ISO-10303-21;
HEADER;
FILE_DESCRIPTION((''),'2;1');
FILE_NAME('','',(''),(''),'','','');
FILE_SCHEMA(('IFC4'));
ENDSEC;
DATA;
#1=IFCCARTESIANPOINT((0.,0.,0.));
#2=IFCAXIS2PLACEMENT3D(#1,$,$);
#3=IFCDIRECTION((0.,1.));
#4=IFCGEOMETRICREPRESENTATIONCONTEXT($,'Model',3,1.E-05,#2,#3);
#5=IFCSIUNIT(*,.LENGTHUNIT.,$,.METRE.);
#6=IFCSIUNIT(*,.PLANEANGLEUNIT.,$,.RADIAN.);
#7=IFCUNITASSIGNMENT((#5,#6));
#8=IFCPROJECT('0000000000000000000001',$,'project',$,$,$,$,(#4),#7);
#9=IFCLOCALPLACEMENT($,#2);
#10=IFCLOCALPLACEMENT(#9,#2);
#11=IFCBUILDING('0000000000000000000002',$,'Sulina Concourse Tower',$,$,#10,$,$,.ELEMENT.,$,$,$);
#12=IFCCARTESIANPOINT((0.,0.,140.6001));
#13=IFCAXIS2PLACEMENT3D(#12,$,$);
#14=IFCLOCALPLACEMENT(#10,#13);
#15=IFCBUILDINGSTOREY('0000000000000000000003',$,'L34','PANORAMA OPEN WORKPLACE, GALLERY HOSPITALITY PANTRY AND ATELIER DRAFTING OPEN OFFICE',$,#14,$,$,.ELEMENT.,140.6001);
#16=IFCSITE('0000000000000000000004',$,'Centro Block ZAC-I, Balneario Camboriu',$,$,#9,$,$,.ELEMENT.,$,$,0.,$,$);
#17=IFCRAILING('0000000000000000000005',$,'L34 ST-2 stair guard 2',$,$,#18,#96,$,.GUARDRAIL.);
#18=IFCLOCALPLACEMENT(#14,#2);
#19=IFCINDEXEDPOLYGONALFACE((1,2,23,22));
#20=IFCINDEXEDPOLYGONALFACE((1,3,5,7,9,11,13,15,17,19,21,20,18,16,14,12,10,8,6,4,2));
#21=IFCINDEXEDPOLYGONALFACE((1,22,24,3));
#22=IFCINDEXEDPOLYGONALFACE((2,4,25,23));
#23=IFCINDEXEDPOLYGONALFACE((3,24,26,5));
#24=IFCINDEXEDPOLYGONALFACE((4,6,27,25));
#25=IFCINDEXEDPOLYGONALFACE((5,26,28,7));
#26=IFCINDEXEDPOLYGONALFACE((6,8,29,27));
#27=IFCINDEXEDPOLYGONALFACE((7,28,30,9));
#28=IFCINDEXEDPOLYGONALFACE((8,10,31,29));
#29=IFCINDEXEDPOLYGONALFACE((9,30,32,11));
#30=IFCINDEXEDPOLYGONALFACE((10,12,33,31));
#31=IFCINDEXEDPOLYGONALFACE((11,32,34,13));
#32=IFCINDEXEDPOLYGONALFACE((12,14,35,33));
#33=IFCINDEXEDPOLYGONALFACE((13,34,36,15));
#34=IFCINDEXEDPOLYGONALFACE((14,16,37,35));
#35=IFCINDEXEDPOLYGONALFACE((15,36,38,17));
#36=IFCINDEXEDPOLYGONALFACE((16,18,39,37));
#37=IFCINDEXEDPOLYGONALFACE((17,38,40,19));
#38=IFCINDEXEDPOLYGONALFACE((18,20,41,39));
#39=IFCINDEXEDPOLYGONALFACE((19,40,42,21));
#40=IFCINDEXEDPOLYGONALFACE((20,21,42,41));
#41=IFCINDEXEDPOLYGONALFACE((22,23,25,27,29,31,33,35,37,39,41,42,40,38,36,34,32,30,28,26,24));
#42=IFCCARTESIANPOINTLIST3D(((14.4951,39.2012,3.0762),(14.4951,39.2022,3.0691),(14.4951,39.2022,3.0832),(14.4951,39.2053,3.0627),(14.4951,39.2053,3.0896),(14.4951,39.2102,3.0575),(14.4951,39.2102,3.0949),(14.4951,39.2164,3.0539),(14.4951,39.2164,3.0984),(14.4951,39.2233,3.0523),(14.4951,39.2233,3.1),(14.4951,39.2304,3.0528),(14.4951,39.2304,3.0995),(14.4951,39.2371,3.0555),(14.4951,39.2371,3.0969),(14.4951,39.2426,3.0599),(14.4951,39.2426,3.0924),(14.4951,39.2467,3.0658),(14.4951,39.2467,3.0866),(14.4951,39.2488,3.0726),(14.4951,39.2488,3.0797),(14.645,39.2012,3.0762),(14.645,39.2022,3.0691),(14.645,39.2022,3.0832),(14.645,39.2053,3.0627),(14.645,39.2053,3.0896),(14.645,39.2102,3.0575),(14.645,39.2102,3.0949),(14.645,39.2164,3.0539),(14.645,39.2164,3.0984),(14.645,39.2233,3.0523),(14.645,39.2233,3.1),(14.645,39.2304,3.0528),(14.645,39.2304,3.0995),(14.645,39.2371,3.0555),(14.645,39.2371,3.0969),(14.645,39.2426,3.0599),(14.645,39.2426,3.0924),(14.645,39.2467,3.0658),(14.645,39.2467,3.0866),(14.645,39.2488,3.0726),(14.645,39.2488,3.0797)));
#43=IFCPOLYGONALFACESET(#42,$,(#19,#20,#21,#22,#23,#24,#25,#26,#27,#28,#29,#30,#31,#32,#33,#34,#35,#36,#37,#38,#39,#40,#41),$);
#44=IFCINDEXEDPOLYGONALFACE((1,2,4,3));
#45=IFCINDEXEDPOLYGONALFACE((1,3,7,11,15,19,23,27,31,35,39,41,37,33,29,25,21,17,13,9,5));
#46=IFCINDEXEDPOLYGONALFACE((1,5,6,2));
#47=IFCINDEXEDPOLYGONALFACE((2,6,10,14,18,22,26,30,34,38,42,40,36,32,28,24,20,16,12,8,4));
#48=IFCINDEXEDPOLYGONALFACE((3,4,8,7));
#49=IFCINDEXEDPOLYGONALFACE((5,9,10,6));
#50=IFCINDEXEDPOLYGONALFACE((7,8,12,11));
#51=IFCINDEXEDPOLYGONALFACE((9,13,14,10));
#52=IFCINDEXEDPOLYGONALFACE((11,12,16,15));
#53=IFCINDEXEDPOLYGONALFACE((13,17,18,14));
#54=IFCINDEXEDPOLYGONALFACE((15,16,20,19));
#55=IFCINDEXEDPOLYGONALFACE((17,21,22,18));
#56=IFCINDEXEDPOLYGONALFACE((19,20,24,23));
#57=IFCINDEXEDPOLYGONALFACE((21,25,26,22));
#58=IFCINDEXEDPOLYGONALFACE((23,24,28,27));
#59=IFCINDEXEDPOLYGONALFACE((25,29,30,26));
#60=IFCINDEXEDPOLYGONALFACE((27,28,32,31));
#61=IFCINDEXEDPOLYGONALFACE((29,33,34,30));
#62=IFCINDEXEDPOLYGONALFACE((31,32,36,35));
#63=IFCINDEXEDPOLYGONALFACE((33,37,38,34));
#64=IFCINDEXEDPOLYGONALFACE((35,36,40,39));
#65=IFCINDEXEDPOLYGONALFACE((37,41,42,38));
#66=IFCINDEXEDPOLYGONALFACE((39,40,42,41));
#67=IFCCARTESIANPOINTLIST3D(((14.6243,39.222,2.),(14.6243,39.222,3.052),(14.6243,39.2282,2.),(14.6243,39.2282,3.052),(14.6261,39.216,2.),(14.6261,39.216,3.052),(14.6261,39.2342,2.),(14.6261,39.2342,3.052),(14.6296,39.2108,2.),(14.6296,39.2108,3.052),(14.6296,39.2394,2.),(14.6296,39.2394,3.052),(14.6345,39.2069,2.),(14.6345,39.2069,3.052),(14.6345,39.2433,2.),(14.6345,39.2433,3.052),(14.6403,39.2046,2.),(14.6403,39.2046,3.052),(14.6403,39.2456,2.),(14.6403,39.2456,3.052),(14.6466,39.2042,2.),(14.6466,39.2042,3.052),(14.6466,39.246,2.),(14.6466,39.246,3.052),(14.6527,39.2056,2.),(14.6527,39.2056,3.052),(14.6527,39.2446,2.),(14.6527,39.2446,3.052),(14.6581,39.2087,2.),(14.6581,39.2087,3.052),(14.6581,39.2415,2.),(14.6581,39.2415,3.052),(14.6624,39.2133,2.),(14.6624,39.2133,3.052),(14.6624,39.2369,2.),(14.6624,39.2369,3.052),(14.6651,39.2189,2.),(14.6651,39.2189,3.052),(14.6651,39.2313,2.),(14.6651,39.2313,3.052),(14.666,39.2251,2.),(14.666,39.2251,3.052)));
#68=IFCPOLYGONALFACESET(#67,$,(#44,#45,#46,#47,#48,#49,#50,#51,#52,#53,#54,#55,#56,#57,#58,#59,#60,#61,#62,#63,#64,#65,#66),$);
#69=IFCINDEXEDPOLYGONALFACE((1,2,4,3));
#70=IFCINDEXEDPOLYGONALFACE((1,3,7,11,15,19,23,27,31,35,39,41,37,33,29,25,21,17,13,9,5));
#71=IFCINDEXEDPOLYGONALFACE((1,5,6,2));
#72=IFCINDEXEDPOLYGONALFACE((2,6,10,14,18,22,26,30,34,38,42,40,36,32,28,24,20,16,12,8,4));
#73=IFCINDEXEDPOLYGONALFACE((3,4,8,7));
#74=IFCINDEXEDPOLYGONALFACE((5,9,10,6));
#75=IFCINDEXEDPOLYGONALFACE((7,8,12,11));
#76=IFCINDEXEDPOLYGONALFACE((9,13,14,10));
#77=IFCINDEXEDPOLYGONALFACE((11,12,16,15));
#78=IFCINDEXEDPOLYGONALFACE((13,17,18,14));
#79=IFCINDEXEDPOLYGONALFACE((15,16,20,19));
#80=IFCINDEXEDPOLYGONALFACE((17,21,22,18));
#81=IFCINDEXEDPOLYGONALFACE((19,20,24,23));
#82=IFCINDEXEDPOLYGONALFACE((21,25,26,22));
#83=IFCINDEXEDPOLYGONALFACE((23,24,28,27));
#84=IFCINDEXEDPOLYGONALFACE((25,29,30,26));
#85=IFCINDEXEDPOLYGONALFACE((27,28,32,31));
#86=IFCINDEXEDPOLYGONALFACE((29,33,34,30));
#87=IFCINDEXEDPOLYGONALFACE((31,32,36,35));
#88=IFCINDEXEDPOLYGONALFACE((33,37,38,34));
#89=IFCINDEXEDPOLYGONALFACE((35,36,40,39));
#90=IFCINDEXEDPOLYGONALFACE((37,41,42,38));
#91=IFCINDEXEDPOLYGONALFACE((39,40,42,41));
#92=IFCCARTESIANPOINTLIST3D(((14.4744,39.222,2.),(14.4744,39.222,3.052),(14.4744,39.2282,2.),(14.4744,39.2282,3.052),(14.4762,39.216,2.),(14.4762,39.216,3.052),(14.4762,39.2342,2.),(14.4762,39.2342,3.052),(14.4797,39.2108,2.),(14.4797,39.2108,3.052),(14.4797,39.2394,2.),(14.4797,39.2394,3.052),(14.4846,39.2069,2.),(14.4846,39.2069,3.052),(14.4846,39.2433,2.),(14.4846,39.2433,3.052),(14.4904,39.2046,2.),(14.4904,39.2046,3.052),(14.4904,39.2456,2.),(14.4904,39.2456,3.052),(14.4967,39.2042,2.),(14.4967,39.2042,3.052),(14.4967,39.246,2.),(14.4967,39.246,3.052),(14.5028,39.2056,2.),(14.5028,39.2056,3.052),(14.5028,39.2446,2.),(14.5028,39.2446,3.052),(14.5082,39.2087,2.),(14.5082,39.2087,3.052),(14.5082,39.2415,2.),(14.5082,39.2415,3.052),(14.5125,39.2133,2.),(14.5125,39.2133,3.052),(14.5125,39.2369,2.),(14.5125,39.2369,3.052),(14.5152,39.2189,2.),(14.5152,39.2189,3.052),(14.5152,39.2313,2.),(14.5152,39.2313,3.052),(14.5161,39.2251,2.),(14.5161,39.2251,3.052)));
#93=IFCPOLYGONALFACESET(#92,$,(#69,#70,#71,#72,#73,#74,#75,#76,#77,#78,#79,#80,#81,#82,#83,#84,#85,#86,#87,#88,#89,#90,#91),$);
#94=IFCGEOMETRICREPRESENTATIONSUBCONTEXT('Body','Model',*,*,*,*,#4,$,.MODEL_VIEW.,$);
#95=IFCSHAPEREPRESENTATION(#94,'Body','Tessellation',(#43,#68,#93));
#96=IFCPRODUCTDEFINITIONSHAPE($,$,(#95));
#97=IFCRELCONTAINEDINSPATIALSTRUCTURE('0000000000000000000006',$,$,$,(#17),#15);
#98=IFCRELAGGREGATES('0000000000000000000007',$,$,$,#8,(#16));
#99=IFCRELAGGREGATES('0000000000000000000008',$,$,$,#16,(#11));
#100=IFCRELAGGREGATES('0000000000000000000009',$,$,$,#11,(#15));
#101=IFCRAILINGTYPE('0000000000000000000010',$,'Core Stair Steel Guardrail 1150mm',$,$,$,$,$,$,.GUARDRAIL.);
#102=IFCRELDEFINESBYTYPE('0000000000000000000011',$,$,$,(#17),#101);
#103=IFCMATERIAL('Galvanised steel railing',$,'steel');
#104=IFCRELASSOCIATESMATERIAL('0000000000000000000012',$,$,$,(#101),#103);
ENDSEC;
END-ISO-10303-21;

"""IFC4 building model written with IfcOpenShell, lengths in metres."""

from ifc_helpers import new_model, si_unit, direction, frame, origin, origin_2d, place, context, subcontext, project, spatial, circle, extrude, material, type_object, element, save


model = new_model("IFC4")

# Units and contexts
model_context = context("Model", 3, precision=1e-05, world=origin(), true_north=direction((0.0, 1.0)))
body_context = subcontext(model_context, "Body", "Model", "MODEL_VIEW")
ifc_project = project(units=[si_unit("LENGTHUNIT", "METRE"), si_unit("PLANEANGLEUNIT", "RADIAN")], contexts=[model_context])

# Site, building, storey
site_placement = place(None, origin())
site = spatial("IfcSite", under=ifc_project, at=site_placement, Name="Centro Block ZAC-I, Balneario Camboriu", CompositionType="ELEMENT", RefElevation=0.0)
building_placement = place(site_placement, origin())
building = spatial("IfcBuilding", under=site, at=building_placement, Name="Sulina Concourse Tower", CompositionType="ELEMENT")
storey_placement = place(building_placement, frame((0.0, 0.0, 140.6001)))
storey = spatial("IfcBuildingStorey", under=building, at=storey_placement, Name="L34", Description="PANORAMA OPEN WORKPLACE, GALLERY HOSPITALITY PANTRY AND ATELIER DRAFTING OPEN OFFICE", CompositionType="ELEMENT", Elevation=140.6001)

# Railing
ifc_material_1 = material(Name="Galvanised steel railing", Category="steel")
railing_type_1 = type_object("IfcRailingType", Name="Core Stair Steel Guardrail 1150mm", PredefinedType="GUARDRAIL", material=ifc_material_1)
railing_1_placement = place(storey_placement, frame((14.645, 39.2251, 2.0)))
element("IfcRailing", 1, at=railing_1_placement, inside=storey, type_object=railing_type_1, Name="L34 ST-2 stair guard 2", PredefinedType="GUARDRAIL", context=body_context, shape_type="SweptSolid", body=[
    extrude(circle(Radius=0.0239, at=origin_2d()), frame((0.0, 0.0, 1.0762), z_axis=(-1.0, 0.0, 0.0), x_axis=(0.0, -1.0, 0.0)), (0.0, 0.0, 1.0), 0.1499),
    extrude(circle(Radius=0.021, at=origin_2d()), origin(), (0.0, 0.0, 1.0), 1.052),
    extrude(circle(Radius=0.021, at=origin_2d()), frame((-0.1499, 0.0, 0.0)), (0.0, 0.0, 1.0), 1.052),
])

save(model, "model.ifc")
